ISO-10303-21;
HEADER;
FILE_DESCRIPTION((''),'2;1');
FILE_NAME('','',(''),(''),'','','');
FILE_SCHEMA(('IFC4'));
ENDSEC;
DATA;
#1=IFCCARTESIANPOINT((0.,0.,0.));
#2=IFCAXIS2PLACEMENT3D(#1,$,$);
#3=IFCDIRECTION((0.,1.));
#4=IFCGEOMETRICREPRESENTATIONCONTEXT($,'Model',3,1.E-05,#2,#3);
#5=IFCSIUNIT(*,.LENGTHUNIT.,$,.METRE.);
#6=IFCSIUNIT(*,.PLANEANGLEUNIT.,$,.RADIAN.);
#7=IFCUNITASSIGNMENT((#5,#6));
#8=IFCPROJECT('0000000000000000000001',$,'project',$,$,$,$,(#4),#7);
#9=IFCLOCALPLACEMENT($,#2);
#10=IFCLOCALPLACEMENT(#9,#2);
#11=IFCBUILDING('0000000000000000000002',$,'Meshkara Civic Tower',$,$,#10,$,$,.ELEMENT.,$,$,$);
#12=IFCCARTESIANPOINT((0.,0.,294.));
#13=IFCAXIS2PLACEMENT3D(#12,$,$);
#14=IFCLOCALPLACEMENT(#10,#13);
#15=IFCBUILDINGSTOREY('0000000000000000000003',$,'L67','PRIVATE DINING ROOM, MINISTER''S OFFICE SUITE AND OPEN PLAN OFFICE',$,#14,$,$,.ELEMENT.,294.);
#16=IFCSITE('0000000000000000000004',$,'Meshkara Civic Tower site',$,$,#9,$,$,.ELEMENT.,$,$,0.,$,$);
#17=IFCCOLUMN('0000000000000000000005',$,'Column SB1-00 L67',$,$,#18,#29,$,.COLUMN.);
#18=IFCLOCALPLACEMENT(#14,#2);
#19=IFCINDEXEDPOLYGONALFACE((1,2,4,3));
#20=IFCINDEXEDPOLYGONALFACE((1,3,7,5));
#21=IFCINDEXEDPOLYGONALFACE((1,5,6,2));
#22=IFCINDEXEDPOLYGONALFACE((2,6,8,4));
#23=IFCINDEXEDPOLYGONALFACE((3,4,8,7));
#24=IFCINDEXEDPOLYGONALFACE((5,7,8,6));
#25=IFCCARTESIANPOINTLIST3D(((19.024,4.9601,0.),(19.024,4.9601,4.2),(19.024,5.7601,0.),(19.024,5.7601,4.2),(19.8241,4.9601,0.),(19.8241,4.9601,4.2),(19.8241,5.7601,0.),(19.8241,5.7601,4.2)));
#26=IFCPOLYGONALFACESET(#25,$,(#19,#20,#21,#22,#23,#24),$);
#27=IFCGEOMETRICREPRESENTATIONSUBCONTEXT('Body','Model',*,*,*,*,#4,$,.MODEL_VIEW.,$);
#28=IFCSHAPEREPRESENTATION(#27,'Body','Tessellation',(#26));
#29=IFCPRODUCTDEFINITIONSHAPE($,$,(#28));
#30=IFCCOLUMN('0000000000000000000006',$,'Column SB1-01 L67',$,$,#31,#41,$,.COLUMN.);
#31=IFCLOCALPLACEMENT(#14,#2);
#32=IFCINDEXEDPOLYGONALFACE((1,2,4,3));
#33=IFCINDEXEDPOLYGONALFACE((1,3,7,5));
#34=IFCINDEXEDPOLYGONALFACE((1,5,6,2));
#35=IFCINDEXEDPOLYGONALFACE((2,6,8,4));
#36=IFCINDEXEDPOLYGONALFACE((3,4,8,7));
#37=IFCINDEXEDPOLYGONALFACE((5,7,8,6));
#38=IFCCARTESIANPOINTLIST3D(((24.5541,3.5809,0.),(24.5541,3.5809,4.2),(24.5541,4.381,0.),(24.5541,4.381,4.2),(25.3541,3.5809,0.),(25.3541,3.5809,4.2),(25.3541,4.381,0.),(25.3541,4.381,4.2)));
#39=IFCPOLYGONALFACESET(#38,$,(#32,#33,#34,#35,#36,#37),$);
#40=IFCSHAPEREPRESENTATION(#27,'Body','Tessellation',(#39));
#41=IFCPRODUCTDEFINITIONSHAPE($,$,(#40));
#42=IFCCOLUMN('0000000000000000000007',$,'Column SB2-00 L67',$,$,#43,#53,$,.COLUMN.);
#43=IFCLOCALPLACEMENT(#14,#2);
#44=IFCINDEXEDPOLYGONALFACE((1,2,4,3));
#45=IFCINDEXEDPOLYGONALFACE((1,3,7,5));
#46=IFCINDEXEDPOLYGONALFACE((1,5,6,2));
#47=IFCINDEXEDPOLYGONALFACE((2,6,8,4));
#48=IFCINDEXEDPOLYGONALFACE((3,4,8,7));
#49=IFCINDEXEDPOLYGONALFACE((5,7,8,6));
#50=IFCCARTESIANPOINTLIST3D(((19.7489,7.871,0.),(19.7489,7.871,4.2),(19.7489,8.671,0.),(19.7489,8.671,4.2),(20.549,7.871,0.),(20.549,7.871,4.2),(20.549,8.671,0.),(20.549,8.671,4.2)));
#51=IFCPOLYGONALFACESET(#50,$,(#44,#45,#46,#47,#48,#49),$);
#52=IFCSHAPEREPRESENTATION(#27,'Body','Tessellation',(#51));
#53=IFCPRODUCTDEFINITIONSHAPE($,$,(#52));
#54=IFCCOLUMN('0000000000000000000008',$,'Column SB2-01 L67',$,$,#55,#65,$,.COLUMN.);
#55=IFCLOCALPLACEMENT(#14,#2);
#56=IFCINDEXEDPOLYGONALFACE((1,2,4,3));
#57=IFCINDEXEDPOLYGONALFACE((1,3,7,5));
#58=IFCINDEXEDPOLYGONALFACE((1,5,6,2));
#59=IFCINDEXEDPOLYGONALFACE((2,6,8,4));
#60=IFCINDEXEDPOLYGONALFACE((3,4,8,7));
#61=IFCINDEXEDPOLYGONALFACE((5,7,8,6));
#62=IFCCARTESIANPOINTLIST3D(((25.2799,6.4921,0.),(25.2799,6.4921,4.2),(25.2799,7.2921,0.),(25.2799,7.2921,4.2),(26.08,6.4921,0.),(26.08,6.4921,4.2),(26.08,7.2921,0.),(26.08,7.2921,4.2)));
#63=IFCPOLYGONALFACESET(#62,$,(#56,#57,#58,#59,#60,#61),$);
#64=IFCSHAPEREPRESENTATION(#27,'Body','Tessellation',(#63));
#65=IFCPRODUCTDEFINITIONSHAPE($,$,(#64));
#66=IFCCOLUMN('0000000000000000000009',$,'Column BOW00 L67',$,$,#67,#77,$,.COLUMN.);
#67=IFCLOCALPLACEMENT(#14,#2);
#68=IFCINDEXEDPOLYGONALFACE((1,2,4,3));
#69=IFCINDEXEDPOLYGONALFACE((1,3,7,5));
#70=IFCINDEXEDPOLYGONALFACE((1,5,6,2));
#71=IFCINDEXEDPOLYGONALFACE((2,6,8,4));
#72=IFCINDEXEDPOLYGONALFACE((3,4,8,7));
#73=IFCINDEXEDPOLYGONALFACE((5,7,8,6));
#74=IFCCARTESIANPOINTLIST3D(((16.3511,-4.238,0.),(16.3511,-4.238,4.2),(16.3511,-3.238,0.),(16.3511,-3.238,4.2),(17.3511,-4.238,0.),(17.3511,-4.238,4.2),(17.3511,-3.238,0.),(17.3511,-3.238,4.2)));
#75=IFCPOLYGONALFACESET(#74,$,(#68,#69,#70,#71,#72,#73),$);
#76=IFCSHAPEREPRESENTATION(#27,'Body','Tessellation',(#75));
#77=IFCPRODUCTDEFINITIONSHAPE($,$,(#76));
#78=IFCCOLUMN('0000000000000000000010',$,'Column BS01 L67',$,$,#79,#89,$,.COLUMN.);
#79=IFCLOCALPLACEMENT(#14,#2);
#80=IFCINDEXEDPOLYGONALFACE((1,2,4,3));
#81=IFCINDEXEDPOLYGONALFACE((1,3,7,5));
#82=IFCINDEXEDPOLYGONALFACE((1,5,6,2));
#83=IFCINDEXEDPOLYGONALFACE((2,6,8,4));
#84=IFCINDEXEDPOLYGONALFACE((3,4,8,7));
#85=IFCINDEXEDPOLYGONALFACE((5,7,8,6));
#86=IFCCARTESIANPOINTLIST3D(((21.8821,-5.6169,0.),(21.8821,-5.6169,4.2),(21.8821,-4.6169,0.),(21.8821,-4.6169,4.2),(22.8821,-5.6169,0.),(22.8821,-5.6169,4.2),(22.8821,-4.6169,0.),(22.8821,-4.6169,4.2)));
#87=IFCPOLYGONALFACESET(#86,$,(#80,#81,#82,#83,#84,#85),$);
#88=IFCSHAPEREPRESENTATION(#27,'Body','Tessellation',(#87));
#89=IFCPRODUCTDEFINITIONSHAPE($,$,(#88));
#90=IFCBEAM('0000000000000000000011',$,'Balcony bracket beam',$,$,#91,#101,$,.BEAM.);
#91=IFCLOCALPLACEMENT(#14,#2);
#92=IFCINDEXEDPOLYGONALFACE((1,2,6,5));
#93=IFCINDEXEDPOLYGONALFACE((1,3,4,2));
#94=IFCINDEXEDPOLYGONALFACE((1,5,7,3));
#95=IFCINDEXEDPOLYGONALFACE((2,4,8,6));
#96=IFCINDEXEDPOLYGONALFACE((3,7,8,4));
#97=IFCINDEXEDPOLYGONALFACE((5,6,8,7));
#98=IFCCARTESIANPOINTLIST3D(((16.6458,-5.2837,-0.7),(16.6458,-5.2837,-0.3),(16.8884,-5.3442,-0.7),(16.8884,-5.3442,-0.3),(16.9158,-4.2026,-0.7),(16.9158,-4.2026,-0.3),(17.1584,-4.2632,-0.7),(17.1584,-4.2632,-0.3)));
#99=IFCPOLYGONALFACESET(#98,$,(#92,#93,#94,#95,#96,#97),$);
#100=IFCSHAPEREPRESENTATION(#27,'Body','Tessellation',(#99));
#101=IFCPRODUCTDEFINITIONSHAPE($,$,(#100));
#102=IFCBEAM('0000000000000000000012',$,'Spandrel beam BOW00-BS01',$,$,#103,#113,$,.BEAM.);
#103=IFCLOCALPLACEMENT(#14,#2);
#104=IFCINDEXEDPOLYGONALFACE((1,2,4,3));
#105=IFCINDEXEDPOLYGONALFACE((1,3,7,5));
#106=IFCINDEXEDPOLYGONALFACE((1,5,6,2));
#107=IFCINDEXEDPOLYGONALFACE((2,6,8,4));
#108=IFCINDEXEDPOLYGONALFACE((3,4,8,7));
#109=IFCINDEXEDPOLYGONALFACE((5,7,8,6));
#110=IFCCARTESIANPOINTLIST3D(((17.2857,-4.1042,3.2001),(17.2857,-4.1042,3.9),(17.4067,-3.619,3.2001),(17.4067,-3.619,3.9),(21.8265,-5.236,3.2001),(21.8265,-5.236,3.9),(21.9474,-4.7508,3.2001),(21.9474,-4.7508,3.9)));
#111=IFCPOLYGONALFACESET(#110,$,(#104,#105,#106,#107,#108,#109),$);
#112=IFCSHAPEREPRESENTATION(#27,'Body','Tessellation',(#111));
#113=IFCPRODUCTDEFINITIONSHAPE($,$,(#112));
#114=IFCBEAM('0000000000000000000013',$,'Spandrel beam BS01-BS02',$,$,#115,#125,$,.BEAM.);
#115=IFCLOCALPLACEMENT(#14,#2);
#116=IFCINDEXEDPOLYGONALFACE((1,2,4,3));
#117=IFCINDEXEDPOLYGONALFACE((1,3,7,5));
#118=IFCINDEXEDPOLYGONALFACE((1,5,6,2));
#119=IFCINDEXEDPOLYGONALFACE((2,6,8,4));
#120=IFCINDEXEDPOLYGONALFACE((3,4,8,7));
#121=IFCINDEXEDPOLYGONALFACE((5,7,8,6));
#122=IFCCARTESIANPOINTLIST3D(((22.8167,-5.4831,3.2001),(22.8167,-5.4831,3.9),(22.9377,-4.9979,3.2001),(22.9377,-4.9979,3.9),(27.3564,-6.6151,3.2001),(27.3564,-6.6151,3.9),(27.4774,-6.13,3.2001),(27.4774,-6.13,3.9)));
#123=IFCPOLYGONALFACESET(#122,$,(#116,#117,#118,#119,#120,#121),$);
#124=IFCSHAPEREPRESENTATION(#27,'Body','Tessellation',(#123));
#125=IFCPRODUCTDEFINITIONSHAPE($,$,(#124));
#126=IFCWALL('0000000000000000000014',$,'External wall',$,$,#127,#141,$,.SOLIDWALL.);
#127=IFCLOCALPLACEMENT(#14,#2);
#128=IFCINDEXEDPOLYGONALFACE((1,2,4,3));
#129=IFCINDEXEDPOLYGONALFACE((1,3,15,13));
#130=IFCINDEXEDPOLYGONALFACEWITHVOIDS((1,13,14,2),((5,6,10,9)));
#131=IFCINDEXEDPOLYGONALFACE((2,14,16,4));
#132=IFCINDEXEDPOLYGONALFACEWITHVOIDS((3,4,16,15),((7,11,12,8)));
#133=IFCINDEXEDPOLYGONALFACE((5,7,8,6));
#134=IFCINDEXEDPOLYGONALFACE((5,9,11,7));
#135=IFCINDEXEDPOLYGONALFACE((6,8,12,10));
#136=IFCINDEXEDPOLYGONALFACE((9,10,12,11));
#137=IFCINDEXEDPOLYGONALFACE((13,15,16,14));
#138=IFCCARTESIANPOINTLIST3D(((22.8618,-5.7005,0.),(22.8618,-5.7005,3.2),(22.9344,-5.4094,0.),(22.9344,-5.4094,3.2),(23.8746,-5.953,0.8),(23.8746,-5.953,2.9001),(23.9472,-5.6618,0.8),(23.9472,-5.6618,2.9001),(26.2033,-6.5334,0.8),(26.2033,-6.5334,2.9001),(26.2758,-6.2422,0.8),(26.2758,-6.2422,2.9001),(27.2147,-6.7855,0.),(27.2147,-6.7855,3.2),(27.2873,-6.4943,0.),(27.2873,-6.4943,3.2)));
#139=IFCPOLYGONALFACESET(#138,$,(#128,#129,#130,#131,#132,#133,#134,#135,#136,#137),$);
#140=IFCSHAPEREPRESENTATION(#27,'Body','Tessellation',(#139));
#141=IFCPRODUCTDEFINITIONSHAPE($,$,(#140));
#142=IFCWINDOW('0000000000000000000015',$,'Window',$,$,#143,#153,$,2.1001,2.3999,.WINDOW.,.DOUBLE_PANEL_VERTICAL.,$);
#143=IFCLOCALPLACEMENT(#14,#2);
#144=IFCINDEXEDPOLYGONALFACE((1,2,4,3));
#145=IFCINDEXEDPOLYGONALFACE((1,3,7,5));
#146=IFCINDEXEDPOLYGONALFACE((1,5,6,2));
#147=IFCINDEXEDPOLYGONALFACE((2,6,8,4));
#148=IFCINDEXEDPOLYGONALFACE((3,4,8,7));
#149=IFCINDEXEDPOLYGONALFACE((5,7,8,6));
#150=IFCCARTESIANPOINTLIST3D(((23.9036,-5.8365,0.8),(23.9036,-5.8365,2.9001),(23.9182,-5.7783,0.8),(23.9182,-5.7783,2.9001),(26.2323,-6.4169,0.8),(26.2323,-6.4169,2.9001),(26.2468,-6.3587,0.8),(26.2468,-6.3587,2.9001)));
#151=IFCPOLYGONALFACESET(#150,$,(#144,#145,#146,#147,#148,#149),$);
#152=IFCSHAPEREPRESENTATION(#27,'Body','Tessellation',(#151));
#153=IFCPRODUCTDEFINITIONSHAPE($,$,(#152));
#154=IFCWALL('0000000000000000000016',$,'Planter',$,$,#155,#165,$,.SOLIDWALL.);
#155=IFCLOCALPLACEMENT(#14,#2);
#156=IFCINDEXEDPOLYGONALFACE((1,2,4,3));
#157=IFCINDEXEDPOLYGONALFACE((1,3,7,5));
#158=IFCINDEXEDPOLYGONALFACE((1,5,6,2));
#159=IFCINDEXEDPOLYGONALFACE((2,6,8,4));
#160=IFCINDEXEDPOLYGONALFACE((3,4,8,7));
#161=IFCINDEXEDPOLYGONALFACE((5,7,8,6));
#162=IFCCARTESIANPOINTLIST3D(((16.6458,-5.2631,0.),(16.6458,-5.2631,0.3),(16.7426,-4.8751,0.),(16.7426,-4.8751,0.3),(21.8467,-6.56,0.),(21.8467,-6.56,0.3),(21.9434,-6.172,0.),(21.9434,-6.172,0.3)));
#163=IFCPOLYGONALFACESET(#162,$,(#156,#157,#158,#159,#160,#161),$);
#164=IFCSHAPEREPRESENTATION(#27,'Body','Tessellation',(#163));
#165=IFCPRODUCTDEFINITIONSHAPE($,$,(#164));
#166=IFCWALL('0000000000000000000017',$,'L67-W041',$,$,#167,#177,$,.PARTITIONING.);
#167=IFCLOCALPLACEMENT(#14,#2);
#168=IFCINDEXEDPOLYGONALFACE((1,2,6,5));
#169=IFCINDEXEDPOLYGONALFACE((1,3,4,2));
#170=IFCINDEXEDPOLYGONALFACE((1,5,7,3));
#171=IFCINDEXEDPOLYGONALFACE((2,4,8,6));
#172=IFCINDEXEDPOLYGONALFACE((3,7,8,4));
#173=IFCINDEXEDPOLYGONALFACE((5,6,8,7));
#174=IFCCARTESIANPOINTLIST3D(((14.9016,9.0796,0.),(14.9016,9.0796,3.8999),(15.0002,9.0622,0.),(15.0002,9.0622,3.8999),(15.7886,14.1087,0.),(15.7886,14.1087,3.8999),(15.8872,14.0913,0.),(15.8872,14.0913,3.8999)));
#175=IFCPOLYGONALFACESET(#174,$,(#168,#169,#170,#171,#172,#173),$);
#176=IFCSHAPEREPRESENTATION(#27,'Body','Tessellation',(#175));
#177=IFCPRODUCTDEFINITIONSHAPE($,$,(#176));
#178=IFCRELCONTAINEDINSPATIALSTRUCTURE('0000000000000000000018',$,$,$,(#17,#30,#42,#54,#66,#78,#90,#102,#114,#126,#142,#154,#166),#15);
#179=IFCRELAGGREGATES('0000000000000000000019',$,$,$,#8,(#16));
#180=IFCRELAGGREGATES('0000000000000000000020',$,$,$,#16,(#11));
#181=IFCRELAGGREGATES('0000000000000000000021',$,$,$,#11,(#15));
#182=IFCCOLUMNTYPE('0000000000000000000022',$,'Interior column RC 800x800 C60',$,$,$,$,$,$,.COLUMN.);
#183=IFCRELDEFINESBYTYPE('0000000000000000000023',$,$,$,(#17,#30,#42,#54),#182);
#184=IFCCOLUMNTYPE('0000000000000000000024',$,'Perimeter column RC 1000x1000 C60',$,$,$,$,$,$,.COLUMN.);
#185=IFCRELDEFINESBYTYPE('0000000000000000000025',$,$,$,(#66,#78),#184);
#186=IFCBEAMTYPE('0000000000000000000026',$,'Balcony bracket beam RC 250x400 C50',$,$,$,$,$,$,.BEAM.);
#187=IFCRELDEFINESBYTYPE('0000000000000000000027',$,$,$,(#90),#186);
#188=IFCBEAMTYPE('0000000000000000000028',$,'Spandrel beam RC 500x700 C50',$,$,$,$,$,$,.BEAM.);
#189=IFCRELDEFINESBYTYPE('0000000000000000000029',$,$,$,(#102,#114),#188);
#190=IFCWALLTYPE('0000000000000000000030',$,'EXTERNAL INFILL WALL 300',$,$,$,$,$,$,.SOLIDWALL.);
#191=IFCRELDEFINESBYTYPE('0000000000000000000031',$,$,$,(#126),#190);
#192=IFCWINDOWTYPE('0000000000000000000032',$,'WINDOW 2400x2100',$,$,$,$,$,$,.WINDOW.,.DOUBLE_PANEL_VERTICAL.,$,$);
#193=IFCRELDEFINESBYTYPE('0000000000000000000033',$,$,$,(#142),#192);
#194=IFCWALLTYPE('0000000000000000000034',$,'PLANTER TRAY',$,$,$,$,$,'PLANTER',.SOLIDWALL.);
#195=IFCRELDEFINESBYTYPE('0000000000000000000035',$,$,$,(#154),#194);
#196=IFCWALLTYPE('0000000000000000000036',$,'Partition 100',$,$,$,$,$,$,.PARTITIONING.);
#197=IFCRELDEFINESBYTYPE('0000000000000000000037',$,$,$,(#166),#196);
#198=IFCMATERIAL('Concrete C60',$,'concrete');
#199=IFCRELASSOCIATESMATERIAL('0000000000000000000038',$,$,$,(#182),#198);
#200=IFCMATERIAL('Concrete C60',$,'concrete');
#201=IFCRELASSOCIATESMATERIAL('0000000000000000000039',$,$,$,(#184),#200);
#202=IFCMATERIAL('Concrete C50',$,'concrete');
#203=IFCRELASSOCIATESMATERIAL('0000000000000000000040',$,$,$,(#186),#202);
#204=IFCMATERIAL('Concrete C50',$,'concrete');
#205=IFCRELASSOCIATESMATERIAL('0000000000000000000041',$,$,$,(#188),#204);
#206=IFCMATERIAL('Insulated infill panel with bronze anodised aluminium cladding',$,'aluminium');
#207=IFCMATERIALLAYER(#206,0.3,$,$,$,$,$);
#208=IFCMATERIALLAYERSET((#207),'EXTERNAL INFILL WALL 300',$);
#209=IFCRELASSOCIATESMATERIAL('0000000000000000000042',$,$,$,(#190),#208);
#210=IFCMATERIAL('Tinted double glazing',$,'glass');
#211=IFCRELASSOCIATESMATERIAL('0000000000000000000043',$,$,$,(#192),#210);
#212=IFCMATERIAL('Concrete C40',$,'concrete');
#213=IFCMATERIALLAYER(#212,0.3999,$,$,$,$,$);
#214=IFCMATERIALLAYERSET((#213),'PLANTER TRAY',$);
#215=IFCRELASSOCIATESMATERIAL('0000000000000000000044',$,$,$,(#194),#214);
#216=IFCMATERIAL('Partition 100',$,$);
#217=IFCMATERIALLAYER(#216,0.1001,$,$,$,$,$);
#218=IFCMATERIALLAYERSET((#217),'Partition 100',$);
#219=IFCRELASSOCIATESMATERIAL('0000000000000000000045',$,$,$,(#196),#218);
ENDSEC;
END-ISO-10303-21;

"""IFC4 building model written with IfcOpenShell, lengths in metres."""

from ifc_helpers import new_model, si_unit, direction, frame, frame_2d, origin, origin_2d, place, context, subcontext, project, spatial, rectangle, extrude, material, layer, layer_set, material_profile, profile_set, type_object, element, fill, save


model = new_model("IFC4")

# Units and contexts
model_context = context("Model", 3, precision=1e-05, world=origin(), true_north=direction((0.0, 1.0)))
body_context = subcontext(model_context, "Body", "Model", "MODEL_VIEW")
ifc_project = project(units=[si_unit("LENGTHUNIT", "METRE"), si_unit("PLANEANGLEUNIT", "RADIAN")], contexts=[model_context])

# Site, building, storey
site_placement = place(None, origin())
site = spatial("IfcSite", under=ifc_project, at=site_placement, Name="Meshkara Civic Tower site", CompositionType="ELEMENT", RefElevation=0.0)
building_placement = place(site_placement, origin())
building = spatial("IfcBuilding", under=site, at=building_placement, Name="Meshkara Civic Tower", CompositionType="ELEMENT")
storey_placement = place(building_placement, frame((0.0, 0.0, 294.0)))
storey = spatial("IfcBuildingStorey", under=building, at=storey_placement, Name="L67", Description="PRIVATE DINING ROOM, MINISTER'S OFFICE SUITE AND OPEN PLAN OFFICE", CompositionType="ELEMENT", Elevation=294.0)

# Columns
ifc_material_1 = material(Name="Concrete C60", Category="concrete")
ifc_material_profile_1 = material_profile(ifc_material_1, rectangle(XDim=0.8, YDim=0.8, at=origin_2d()))
ifc_profile_set_1 = profile_set([ifc_material_profile_1], Name="Concrete C60")
column_type_1 = type_object("IfcColumnType", Name="Interior column RC 800x800 C60", PredefinedType="COLUMN", material=ifc_profile_set_1)
for number, where, z_axis, x_axis, name in (
    (1, (19.4241, 5.3601, 0.0), (0.0, 0.0, 1.0), (1.0, 0.0, 0.0), "Column SB1-00 L67"),
    (2, (24.9541, 3.981, 0.0), (0.0, 0.0, 1.0), (1.0, 0.0, 0.0), "Column SB1-01 L67"),
    (3, (20.1489, 8.271, 0.0), (0.0, 0.0, 1.0), (1.0, 0.0, 0.0), "Column SB2-00 L67"),
    (4, (25.6799, 6.8921, 0.0), (0.0, 0.0, 1.0), (1.0, 0.0, 0.0), "Column SB2-01 L67"),
):
    element("IfcColumn", number, at=place(storey_placement, frame(where, z_axis=z_axis, x_axis=x_axis)), inside=storey, type_object=column_type_1, Name=name, PredefinedType="COLUMN", context=body_context, shape_type="SweptSolid", body=[
        extrude(rectangle(XDim=0.8, YDim=0.8, at=origin_2d()), origin(), (0.0, 0.0, 1.0), 4.2),
    ])
ifc_material_2 = material(Name="Concrete C60", Category="concrete")
ifc_material_profile_2 = material_profile(ifc_material_2, rectangle(XDim=1.0, YDim=1.0, at=origin_2d()))
ifc_profile_set_2 = profile_set([ifc_material_profile_2], Name="Concrete C60")
column_type_2 = type_object("IfcColumnType", Name="Perimeter column RC 1000x1000 C60", PredefinedType="COLUMN", material=ifc_profile_set_2)
for number, where, z_axis, x_axis, name in (
    (5, (16.8511, -3.738, 0.0), (0.0, 0.0, 1.0), (1.0, 0.0, 0.0), "Column BOW00 L67"),
    (6, (22.3821, -5.1169, 0.0), (0.0, 0.0, 1.0), (1.0, 0.0, 0.0), "Column BS01 L67"),
):
    element("IfcColumn", number, at=place(storey_placement, frame(where, z_axis=z_axis, x_axis=x_axis)), inside=storey, type_object=column_type_2, Name=name, PredefinedType="COLUMN", context=body_context, shape_type="SweptSolid", body=[
        extrude(rectangle(XDim=1.0, YDim=1.0, at=origin_2d()), origin(), (0.0, 0.0, 1.0), 4.2),
    ])

# Beams
ifc_material_3 = material(Name="Concrete C50", Category="concrete")
ifc_material_profile_3 = material_profile(ifc_material_3, rectangle(XDim=0.25, YDim=0.3999, at=origin_2d()))
ifc_profile_set_3 = profile_set([ifc_material_profile_3], Name="Concrete C50")
beam_type_1 = type_object("IfcBeamType", Name="Balcony bracket beam RC 250x400 C50", PredefinedType="BEAM", material=ifc_profile_set_3)
beam_1_placement = place(storey_placement, frame((17.0371, -4.2329, -0.5), z_axis=(-0.242329, -0.970194, 0.0), x_axis=(0.970194, -0.242329, 0.0)))
element("IfcBeam", 7, at=beam_1_placement, inside=storey, type_object=beam_type_1, Name="Balcony bracket beam", PredefinedType="BEAM", context=body_context, shape_type="SweptSolid", body=[
    extrude(rectangle(XDim=0.25, YDim=0.3999, at=origin_2d()), origin(), (0.0, 0.0, 1.0), 1.1143),
])
ifc_material_4 = material(Name="Concrete C50", Category="concrete")
ifc_material_profile_4 = material_profile(ifc_material_4, rectangle(XDim=0.5, YDim=0.7, at=origin_2d()))
ifc_profile_set_4 = profile_set([ifc_material_profile_4], Name="Concrete C50")
beam_type_2 = type_object("IfcBeamType", Name="Spandrel beam RC 500x700 C50", PredefinedType="BEAM", material=ifc_profile_set_4)
beam_2_placement = place(storey_placement, frame((17.3462, -3.8616, 3.55), z_axis=(0.970311, -0.24186, 0.0), x_axis=(0.24186, 0.970311, 0.0)))
element("IfcBeam", 8, at=beam_2_placement, inside=storey, type_object=beam_type_2, Name="Spandrel beam BOW00-BS01", PredefinedType="BEAM", context=body_context, shape_type="SweptSolid", body=[
    extrude(rectangle(XDim=0.5, YDim=0.7, at=origin_2d()), origin(), (0.0, 0.0, 1.0), 4.6797),
])
beam_3_placement = place(storey_placement, frame((22.8772, -5.2405, 3.55), z_axis=(0.970287, -0.241959, 0.0), x_axis=(0.241959, 0.970287, 0.0)))
element("IfcBeam", 9, at=beam_3_placement, inside=storey, type_object=beam_type_2, Name="Spandrel beam BS01-BS02", PredefinedType="BEAM", context=body_context, shape_type="SweptSolid", body=[
    extrude(rectangle(XDim=0.5, YDim=0.7, at=origin_2d()), origin(), (0.0, 0.0, 1.0), 4.6787),
])

# Wall, opening, window
ifc_material_5 = material(Name="Insulated infill panel with bronze anodised aluminium cladding", Category="aluminium")
ifc_layer_1 = layer(ifc_material_5, 0.3)
ifc_layer_set_1 = layer_set([ifc_layer_1], Name="EXTERNAL INFILL WALL 300")
wall_type_1 = type_object("IfcWallType", Name="EXTERNAL INFILL WALL 300", PredefinedType="SOLIDWALL", material=ifc_layer_set_1)
wall_1_placement = place(storey_placement, frame((22.8979, -5.5549, 0.0), z_axis=(0.0, 0.0, 1.0), x_axis=(0.970315, -0.241844, 0.0)))
wall_1 = element("IfcWall", 10, at=wall_1_placement, inside=storey, type_object=wall_type_1, Name="External wall", PredefinedType="SOLIDWALL", context=body_context, shape_type="SweptSolid", body=[
    extrude(rectangle(XDim=4.4861, YDim=0.3, at=frame_2d((2.2432, 0.0))), origin(), (0.0, 0.0, 1.0), 3.2),
])
opening_1_placement = place(wall_1_placement, frame((1.0439, 0.0, 0.8)))
opening_1 = element("IfcOpeningElement", 11, at=opening_1_placement, cuts=wall_1, PredefinedType="OPENING", context=body_context, shape_type="SweptSolid", body=[
    extrude(rectangle(XDim=2.3999, YDim=2.1001, at=frame_2d((1.2, 1.05))), frame((0.0, 0.1599, 0.0), z_axis=(0.0, -1.0, 0.0), x_axis=(1.0, 0.0, 0.0)), (0.0, 0.0, 1.0), 0.3201),
])
ifc_material_6 = material(Name="Tinted double glazing", Category="glass")
window_type = type_object("IfcWindowType", Name="WINDOW 2400x2100", PartitioningType="DOUBLE_PANEL_VERTICAL", PredefinedType="WINDOW", material=ifc_material_6)
window_placement = place(opening_1_placement, origin())
window = element("IfcWindow", 12, at=window_placement, inside=storey, type_object=window_type, Name="Window", OverallHeight=2.1001, OverallWidth=2.3999, PartitioningType="DOUBLE_PANEL_VERTICAL", PredefinedType="WINDOW", context=body_context, shape_type="SweptSolid", body=[
    extrude(rectangle(XDim=2.3999, YDim=2.1001, at=frame_2d((1.2, 1.05))), frame((0.0, 0.03, 0.0), z_axis=(0.0, -1.0, 0.0), x_axis=(1.0, 0.0, 0.0)), (0.0, 0.0, 1.0), 0.0601),
])
fill(opening_1, window)

# Walls
ifc_material_7 = material(Name="Concrete C40", Category="concrete")
ifc_layer_2 = layer(ifc_material_7, 0.3999)
ifc_layer_set_2 = layer_set([ifc_layer_2], Name="PLANTER TRAY")
wall_type_2 = type_object("IfcWallType", Name="PLANTER TRAY", ElementType="PLANTER", PredefinedType="SOLIDWALL", material=ifc_layer_set_2)
wall_2_placement = place(storey_placement, frame((16.6941, -5.0691, 0.0), z_axis=(0.0, 0.0, 1.0), x_axis=(0.97029, -0.241946, 0.0)))
element("IfcWall", 13, at=wall_2_placement, inside=storey, type_object=wall_type_2, Name="Planter", PredefinedType="SOLIDWALL", context=body_context, shape_type="SweptSolid", body=[
    extrude(rectangle(XDim=5.3601, YDim=0.3999, at=frame_2d((2.6802, 0.0))), origin(), (0.0, 0.0, 1.0), 0.3),
])
ifc_material_8 = material(Name="Partition 100")
ifc_layer_3 = layer(ifc_material_8, 0.1001)
ifc_layer_set_3 = layer_set([ifc_layer_3], Name="Partition 100")
wall_type_3 = type_object("IfcWallType", Name="Partition 100", PredefinedType="PARTITIONING", material=ifc_layer_set_3)
wall_3_placement = place(storey_placement, frame((14.9509, 9.071, 0.0), z_axis=(0.0, 0.0, 1.0), x_axis=(0.173687, 0.984801, 0.0)))
element("IfcWall", 14, at=wall_3_placement, inside=storey, type_object=wall_type_3, Name="L67-W041", PredefinedType="PARTITIONING", context=body_context, shape_type="SweptSolid", body=[
    extrude(rectangle(XDim=5.1067, YDim=0.1001, at=frame_2d((2.5532, 0.0))), origin(), (0.0, 0.0, 1.0), 3.8999),
])

save(model, "model.ifc")
